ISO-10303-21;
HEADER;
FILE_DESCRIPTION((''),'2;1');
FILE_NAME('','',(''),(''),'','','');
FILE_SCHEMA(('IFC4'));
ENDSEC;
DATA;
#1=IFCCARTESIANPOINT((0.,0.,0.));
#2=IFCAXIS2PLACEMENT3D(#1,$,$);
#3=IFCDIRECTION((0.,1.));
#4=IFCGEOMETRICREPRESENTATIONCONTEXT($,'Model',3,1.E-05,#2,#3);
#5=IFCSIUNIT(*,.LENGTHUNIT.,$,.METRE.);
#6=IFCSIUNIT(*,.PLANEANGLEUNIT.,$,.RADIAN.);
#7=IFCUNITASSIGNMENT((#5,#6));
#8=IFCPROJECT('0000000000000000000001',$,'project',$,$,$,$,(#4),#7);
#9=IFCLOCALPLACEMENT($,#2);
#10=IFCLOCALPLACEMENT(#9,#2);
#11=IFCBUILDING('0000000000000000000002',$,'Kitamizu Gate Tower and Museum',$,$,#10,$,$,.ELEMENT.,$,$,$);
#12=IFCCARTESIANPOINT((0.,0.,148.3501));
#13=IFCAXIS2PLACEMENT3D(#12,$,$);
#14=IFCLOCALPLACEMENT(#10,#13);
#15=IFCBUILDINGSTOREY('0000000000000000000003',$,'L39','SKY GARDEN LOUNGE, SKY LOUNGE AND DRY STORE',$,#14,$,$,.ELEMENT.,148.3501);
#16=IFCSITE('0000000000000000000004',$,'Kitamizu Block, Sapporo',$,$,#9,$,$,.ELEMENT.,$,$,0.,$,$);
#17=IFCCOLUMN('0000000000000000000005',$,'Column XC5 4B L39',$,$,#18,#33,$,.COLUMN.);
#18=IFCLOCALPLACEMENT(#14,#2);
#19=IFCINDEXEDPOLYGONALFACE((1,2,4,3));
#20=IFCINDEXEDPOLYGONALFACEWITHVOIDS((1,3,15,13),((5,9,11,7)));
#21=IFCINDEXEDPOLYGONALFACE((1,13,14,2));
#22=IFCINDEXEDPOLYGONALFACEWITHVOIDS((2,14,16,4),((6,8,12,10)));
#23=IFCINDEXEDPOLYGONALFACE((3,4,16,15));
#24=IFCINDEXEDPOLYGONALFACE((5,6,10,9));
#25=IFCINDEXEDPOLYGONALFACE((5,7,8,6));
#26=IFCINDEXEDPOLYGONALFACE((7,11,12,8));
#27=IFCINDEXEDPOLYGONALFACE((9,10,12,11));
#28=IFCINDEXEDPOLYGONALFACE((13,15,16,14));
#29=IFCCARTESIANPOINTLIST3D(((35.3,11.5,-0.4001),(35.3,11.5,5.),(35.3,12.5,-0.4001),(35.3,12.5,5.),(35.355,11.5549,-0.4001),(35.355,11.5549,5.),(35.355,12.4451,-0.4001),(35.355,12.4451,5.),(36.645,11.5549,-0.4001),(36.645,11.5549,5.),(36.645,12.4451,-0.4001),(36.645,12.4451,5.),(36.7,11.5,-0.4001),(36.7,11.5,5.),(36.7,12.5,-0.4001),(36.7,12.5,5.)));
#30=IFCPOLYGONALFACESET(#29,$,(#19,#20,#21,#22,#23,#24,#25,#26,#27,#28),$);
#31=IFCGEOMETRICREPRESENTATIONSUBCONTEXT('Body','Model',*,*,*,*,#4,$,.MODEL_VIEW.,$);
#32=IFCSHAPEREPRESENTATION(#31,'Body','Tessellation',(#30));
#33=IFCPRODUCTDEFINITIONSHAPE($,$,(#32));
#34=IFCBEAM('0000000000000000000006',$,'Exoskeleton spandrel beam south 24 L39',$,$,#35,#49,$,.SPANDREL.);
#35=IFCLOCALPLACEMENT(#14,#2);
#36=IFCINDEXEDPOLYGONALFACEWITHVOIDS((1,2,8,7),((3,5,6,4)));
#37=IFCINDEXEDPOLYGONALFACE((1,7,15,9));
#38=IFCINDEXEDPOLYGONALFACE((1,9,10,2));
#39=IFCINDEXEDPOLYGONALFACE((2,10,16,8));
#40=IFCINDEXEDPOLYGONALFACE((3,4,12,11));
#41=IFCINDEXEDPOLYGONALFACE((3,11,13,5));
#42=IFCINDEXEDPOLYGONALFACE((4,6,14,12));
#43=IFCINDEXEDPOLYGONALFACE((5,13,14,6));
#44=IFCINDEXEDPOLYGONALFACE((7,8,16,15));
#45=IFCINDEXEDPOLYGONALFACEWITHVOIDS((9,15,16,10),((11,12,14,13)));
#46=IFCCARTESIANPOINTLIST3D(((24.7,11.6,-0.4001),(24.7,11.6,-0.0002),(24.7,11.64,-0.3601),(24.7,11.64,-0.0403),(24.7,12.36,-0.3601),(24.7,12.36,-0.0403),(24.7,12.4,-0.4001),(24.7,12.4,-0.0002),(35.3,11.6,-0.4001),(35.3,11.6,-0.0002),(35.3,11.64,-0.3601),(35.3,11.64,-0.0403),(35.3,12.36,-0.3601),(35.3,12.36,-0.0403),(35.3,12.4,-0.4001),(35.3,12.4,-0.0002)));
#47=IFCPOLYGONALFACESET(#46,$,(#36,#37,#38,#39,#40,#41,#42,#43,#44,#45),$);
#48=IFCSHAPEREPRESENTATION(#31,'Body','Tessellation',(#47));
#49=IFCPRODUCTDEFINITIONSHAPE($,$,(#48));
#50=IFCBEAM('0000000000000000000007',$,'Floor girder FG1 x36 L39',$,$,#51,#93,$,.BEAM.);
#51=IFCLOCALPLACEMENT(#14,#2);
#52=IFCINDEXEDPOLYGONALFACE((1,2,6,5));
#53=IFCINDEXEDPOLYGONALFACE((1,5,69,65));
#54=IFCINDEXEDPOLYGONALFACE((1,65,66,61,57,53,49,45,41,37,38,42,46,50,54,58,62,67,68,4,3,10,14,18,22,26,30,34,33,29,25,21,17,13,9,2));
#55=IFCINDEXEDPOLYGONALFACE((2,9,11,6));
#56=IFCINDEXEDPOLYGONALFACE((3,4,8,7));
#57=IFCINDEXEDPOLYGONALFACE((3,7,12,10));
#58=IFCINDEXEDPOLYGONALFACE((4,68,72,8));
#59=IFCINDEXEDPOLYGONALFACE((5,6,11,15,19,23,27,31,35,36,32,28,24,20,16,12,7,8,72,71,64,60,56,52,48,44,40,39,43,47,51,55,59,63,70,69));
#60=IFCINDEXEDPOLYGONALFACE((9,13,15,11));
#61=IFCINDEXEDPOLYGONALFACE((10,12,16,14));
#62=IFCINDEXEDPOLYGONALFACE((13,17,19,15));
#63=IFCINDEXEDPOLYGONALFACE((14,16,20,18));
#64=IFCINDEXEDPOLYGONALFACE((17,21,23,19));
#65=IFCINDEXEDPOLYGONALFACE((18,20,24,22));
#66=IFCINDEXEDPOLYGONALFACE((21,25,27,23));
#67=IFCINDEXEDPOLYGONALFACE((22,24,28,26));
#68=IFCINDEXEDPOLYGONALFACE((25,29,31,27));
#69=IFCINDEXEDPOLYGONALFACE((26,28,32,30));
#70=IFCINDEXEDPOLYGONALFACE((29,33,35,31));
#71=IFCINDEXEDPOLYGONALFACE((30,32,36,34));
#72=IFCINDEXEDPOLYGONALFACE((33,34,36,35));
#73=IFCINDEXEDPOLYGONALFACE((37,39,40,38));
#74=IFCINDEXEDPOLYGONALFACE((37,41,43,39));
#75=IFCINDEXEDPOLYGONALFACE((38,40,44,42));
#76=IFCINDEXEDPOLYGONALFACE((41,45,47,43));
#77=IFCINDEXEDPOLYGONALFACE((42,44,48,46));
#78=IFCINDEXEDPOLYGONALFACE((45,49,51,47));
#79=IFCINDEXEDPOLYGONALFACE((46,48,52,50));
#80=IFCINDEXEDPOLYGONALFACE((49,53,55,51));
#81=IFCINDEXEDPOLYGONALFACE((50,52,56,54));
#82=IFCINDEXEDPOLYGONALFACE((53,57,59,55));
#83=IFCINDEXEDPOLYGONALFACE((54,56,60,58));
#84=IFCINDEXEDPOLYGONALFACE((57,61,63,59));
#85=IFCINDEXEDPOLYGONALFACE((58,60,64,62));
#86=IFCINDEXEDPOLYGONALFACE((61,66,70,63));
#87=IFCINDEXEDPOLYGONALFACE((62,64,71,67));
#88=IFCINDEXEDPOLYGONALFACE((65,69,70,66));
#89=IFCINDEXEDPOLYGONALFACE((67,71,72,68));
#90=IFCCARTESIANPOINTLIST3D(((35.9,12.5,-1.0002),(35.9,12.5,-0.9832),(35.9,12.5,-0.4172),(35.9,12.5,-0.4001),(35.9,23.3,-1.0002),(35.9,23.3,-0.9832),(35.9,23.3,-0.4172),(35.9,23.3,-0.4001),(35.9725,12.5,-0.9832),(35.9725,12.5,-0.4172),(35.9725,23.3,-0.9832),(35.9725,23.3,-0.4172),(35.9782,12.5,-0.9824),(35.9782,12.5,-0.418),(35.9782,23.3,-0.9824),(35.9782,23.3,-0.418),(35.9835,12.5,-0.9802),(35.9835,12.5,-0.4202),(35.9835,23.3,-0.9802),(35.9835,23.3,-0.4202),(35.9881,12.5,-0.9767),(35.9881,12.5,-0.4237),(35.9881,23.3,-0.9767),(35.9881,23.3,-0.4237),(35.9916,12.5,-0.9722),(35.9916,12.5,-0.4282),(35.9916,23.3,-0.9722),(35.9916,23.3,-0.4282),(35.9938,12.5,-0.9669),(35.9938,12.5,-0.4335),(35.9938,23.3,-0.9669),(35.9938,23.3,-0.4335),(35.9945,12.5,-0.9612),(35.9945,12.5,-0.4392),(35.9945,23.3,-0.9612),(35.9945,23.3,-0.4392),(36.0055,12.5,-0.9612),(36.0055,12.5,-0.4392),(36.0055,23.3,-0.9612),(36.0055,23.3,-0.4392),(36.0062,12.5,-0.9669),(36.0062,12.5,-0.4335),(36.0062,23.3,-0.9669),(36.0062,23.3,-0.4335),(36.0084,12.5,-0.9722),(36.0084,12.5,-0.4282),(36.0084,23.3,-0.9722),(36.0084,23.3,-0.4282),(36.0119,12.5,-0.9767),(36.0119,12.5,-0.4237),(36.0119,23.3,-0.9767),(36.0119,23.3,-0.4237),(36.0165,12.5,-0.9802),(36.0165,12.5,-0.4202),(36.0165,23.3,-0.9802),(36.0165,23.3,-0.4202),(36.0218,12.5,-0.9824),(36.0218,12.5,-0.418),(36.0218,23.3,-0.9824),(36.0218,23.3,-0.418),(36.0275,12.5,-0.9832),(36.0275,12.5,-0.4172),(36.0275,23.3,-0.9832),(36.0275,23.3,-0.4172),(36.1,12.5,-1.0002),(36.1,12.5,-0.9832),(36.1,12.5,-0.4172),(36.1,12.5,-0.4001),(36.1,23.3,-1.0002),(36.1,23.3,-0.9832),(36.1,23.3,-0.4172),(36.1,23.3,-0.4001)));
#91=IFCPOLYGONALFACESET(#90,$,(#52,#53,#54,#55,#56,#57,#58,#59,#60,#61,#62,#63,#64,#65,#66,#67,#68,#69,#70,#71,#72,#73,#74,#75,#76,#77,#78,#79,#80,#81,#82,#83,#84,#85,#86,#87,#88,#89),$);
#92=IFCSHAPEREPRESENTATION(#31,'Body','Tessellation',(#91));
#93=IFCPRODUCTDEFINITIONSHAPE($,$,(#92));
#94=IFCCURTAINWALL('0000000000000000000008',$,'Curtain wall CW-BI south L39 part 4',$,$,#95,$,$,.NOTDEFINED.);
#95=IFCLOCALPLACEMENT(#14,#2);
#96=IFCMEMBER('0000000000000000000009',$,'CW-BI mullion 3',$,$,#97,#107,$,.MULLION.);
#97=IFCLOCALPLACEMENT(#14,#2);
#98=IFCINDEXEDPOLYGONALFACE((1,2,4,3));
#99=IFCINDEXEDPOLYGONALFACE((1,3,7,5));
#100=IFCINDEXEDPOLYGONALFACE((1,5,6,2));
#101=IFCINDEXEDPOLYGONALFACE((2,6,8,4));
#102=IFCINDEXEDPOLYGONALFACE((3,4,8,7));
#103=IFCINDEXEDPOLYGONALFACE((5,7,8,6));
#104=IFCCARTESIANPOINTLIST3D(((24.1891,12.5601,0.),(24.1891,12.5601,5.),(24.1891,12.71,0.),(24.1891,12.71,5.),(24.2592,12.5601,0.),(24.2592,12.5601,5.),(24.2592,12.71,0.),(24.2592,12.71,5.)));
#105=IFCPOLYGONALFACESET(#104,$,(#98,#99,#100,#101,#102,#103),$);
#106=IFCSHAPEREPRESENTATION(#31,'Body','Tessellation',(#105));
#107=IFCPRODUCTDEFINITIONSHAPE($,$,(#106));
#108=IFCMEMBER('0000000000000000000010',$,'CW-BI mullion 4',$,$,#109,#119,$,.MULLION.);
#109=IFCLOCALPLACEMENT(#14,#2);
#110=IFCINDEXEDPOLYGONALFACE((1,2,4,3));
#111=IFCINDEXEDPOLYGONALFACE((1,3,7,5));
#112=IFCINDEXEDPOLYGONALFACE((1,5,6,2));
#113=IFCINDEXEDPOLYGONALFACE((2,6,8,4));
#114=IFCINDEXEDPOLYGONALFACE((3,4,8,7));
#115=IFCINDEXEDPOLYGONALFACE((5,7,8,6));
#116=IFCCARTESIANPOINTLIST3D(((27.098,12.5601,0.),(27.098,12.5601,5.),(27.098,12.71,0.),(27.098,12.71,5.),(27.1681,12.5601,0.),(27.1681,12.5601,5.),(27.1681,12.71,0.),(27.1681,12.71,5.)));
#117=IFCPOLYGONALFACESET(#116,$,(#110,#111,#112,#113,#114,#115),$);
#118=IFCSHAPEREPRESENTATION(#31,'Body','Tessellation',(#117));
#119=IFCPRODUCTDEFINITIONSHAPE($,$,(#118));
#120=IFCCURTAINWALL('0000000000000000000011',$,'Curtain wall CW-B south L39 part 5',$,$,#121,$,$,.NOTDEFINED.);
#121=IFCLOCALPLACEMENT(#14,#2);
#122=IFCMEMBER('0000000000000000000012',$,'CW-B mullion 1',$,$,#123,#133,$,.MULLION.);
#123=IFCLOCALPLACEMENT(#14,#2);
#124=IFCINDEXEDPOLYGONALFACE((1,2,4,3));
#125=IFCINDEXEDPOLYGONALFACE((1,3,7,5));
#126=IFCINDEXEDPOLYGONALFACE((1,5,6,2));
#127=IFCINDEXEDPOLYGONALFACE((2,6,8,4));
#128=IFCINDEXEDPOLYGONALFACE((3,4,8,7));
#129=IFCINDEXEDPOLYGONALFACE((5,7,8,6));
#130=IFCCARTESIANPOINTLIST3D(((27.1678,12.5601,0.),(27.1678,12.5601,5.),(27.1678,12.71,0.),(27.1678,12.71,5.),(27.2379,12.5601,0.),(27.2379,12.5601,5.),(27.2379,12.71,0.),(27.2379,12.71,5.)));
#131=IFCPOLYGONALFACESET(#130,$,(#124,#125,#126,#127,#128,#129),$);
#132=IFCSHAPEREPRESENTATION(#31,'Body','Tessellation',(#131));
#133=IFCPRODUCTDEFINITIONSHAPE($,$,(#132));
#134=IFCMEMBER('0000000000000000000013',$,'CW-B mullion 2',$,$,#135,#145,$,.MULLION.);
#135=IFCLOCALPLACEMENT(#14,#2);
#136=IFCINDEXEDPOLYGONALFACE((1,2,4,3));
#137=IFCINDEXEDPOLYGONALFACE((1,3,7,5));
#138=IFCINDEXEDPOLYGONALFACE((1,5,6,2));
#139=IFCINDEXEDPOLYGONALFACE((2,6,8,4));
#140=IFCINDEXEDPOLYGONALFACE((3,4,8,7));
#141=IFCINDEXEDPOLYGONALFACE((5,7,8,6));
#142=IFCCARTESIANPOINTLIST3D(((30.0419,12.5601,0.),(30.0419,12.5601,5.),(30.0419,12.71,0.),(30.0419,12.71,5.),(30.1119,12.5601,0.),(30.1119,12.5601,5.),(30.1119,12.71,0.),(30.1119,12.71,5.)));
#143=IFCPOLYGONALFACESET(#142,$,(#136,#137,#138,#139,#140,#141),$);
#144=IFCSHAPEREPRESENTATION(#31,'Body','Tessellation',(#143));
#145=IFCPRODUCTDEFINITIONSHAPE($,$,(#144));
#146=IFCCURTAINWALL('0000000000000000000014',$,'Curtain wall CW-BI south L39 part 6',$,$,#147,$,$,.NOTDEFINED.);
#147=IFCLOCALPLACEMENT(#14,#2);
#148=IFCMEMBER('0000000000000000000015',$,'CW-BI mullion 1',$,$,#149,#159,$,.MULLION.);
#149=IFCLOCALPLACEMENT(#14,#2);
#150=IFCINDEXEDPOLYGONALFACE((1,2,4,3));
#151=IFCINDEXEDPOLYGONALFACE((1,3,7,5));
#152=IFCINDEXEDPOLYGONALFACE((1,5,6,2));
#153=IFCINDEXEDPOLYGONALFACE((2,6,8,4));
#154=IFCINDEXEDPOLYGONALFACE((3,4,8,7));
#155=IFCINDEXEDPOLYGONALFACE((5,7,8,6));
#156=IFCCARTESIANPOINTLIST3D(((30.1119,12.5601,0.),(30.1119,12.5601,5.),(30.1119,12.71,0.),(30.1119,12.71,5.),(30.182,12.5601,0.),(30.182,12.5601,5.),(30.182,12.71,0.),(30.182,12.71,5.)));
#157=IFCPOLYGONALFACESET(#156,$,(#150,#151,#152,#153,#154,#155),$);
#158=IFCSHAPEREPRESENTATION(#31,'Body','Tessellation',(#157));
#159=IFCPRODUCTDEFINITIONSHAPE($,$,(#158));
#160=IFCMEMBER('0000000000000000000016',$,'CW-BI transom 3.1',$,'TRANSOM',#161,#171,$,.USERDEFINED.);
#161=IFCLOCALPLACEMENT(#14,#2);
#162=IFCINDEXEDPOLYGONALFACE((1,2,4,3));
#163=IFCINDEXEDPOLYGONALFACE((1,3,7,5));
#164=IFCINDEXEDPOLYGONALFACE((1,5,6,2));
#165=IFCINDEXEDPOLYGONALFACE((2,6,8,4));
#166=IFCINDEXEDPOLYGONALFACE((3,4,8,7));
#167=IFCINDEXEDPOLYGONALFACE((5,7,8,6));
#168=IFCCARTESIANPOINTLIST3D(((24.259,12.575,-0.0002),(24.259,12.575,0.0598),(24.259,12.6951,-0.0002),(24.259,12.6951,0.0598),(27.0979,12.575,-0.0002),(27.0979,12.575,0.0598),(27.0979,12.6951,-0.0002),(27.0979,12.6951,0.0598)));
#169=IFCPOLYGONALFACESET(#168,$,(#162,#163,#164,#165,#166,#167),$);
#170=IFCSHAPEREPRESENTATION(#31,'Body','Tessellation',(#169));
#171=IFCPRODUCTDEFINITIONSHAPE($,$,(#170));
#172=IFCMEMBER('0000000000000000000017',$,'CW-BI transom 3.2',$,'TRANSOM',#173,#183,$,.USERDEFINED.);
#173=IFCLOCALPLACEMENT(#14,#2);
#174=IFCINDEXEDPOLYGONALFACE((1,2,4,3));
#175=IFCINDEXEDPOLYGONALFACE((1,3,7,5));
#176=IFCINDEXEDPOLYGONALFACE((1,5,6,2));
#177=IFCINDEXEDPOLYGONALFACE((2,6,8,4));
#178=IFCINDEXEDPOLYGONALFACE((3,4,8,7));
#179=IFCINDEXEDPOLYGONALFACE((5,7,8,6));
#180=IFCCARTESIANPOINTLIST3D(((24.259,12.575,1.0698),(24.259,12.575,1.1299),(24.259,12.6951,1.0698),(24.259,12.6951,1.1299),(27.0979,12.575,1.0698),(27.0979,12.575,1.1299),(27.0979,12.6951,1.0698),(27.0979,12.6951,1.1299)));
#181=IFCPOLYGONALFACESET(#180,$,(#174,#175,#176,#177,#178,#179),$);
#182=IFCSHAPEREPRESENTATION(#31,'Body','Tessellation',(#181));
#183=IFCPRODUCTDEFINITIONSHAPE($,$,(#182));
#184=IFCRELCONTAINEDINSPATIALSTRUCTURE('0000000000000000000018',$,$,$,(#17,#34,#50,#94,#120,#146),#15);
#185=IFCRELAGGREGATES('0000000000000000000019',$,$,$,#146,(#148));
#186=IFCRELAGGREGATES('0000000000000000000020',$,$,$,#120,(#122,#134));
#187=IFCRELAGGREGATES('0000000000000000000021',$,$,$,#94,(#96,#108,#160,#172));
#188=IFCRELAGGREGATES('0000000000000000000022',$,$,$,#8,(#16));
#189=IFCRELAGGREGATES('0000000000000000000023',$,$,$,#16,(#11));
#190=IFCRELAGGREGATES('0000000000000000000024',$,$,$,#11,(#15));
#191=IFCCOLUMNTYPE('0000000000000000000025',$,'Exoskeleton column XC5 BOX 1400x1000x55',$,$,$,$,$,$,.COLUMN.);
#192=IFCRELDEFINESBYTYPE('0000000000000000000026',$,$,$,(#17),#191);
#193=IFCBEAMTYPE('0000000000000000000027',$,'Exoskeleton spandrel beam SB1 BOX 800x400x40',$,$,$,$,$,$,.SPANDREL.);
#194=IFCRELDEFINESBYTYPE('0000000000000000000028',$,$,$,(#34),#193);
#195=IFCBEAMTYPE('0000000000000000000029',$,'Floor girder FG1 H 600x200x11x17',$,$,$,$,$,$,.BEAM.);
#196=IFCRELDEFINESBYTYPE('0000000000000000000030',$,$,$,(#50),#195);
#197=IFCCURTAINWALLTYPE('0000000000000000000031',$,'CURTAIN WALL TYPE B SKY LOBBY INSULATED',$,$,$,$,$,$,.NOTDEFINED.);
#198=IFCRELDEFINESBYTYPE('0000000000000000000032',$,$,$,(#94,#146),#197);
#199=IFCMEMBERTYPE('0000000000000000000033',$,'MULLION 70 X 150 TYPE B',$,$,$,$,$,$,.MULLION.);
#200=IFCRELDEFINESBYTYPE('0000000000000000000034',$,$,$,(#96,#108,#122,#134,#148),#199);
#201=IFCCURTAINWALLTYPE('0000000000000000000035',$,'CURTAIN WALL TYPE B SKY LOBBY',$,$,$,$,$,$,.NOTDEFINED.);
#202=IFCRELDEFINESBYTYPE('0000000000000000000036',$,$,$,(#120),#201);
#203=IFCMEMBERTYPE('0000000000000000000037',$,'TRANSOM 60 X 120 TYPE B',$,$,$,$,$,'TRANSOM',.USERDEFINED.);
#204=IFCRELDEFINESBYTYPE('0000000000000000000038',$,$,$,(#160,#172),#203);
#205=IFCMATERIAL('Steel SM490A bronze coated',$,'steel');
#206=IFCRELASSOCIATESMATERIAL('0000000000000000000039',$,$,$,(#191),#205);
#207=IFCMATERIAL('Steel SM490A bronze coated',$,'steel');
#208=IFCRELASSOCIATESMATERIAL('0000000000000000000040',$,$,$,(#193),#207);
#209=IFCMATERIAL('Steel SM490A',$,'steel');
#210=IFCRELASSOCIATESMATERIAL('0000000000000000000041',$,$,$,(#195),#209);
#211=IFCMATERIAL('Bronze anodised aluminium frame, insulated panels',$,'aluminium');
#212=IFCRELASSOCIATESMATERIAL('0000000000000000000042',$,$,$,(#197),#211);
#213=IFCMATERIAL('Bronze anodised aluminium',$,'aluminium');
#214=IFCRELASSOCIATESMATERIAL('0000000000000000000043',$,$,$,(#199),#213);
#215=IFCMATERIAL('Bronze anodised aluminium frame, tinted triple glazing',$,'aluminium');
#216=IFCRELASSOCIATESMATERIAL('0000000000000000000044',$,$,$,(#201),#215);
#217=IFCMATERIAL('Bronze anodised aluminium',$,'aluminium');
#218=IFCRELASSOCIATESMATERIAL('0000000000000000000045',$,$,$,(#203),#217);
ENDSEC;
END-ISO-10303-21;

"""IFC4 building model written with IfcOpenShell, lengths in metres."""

from ifc_helpers import new_model, si_unit, direction, frame, origin, origin_2d, place, context, subcontext, project, spatial, rectangle, hollow_rectangle, i_section, extrude, material, material_profile, profile_set, type_object, element, aggregate, save


model = new_model("IFC4")

# Units and contexts
model_context = context("Model", 3, precision=1e-05, world=origin(), true_north=direction((0.0, 1.0)))
body_context = subcontext(model_context, "Body", "Model", "MODEL_VIEW")
ifc_project = project(units=[si_unit("LENGTHUNIT", "METRE"), si_unit("PLANEANGLEUNIT", "RADIAN")], contexts=[model_context])

# Site, building, storey
site_placement = place(None, origin())
site = spatial("IfcSite", under=ifc_project, at=site_placement, Name="Kitamizu Block, Sapporo", CompositionType="ELEMENT", RefElevation=0.0)
building_placement = place(site_placement, origin())
building = spatial("IfcBuilding", under=site, at=building_placement, Name="Kitamizu Gate Tower and Museum", CompositionType="ELEMENT")
storey_placement = place(building_placement, frame((0.0, 0.0, 148.3501)))
storey = spatial("IfcBuildingStorey", under=building, at=storey_placement, Name="L39", Description="SKY GARDEN LOUNGE, SKY LOUNGE AND DRY STORE", CompositionType="ELEMENT", Elevation=148.3501)

# Column
ifc_material_1 = material(Name="Steel SM490A bronze coated", Category="steel")
ifc_material_profile_1 = material_profile(ifc_material_1, hollow_rectangle(XDim=1.3999, YDim=1.0, WallThickness=0.0549, at=origin_2d()), Name="BOX 1400x1000x55")
ifc_profile_set_1 = profile_set([ifc_material_profile_1], Name="Steel SM490A bronze coated")
column_type = type_object("IfcColumnType", Name="Exoskeleton column XC5 BOX 1400x1000x55", PredefinedType="COLUMN", material=ifc_profile_set_1)
column_placement = place(storey_placement, frame((36.0, 12.0, -0.4001), z_axis=(0.0, 0.0, 1.0), x_axis=(1.0, 0.0, 0.0)))
element("IfcColumn", 1, at=column_placement, inside=storey, type_object=column_type, Name="Column XC5 4B L39", PredefinedType="COLUMN", context=body_context, shape_type="SweptSolid", body=[
    extrude(hollow_rectangle(XDim=1.3999, YDim=1.0, WallThickness=0.0549, at=origin_2d()), origin(), (0.0, 0.0, 1.0), 5.4001),
])

# Beams
ifc_material_2 = material(Name="Steel SM490A bronze coated", Category="steel")
ifc_material_profile_2 = material_profile(ifc_material_2, hollow_rectangle(XDim=0.8, YDim=0.3999, WallThickness=0.04, at=origin_2d()), Name="BOX 800x400x40")
ifc_profile_set_2 = profile_set([ifc_material_profile_2], Name="Steel SM490A bronze coated")
beam_type_1 = type_object("IfcBeamType", Name="Exoskeleton spandrel beam SB1 BOX 800x400x40", PredefinedType="SPANDREL", material=ifc_profile_set_2)
beam_1_placement = place(storey_placement, frame((24.7, 12.0, -0.2002), z_axis=(1.0, 0.0, 0.0), x_axis=(0.0, 1.0, 0.0)))
element("IfcBeam", 2, at=beam_1_placement, inside=storey, type_object=beam_type_1, Name="Exoskeleton spandrel beam south 24 L39", PredefinedType="SPANDREL", context=body_context, shape_type="SweptSolid", body=[
    extrude(hollow_rectangle(XDim=0.8, YDim=0.3999, WallThickness=0.04, at=origin_2d()), origin(), (0.0, 0.0, 1.0), 10.6001),
])
ifc_material_3 = material(Name="Steel SM490A", Category="steel")
ifc_material_profile_3 = material_profile(ifc_material_3, i_section(OverallWidth=0.2, OverallDepth=0.6001, WebThickness=0.011, FlangeThickness=0.0171, FilletRadius=0.022, at=origin_2d()), Name="H-600x200x11x17")
ifc_profile_set_3 = profile_set([ifc_material_profile_3], Name="Steel SM490A")
beam_type_2 = type_object("IfcBeamType", Name="Floor girder FG1 H 600x200x11x17", PredefinedType="BEAM", material=ifc_profile_set_3)
beam_2_placement = place(storey_placement, frame((36.0, 12.5, -0.7002), z_axis=(0.0, 1.0, 0.0), x_axis=(-1.0, 0.0, 0.0)))
element("IfcBeam", 3, at=beam_2_placement, inside=storey, type_object=beam_type_2, Name="Floor girder FG1 x36 L39", PredefinedType="BEAM", context=body_context, shape_type="SweptSolid", body=[
    extrude(i_section(OverallWidth=0.2, OverallDepth=0.6001, WebThickness=0.011, FlangeThickness=0.0171, FilletRadius=0.022, at=origin_2d()), origin(), (0.0, 0.0, 1.0), 10.8),
])

# Curtain walls, members
ifc_material_4 = material(Name="Bronze anodised aluminium frame, insulated panels", Category="aluminium")
curtain_wall_type_1 = type_object("IfcCurtainWallType", Name="CURTAIN WALL TYPE B SKY LOBBY INSULATED", PredefinedType="NOTDEFINED", material=ifc_material_4)
curtain_wall_1_placement = place(storey_placement, origin())
curtain_wall_1 = element("IfcCurtainWall", 4, at=curtain_wall_1_placement, inside=storey, type_object=curtain_wall_type_1, Name="Curtain wall CW-BI south L39 part 4", PredefinedType="NOTDEFINED")
ifc_material_5 = material(Name="Bronze anodised aluminium", Category="aluminium")
ifc_material_profile_4 = material_profile(ifc_material_5, rectangle(XDim=0.0701, YDim=0.1499, at=origin_2d()), Name="AL 70X150")
ifc_profile_set_4 = profile_set([ifc_material_profile_4], Name="Bronze anodised aluminium")
member_type_1 = type_object("IfcMemberType", Name="MULLION 70 X 150 TYPE B", PredefinedType="MULLION", material=ifc_profile_set_4)
member_1_placement = place(storey_placement, frame((24.2241, 12.635, 0.0), z_axis=(0.0, 0.0, 1.0), x_axis=(1.0, 0.0, 0.0)))
member_1 = element("IfcMember", 5, at=member_1_placement, type_object=member_type_1, Name="CW-BI mullion 3", PredefinedType="MULLION", context=body_context, shape_type="SweptSolid", body=[
    extrude(rectangle(XDim=0.0701, YDim=0.1499, at=origin_2d()), origin(), (0.0, 0.0, 1.0), 5.0),
])
member_2_placement = place(storey_placement, frame((27.1331, 12.635, 0.0), z_axis=(0.0, 0.0, 1.0), x_axis=(1.0, 0.0, 0.0)))
member_2 = element("IfcMember", 6, at=member_2_placement, type_object=member_type_1, Name="CW-BI mullion 4", PredefinedType="MULLION", context=body_context, shape_type="SweptSolid", body=[
    extrude(rectangle(XDim=0.0701, YDim=0.1499, at=origin_2d()), origin(), (0.0, 0.0, 1.0), 5.0),
])
ifc_material_6 = material(Name="Bronze anodised aluminium frame, tinted triple glazing", Category="aluminium")
curtain_wall_type_2 = type_object("IfcCurtainWallType", Name="CURTAIN WALL TYPE B SKY LOBBY", PredefinedType="NOTDEFINED", material=ifc_material_6)
curtain_wall_2_placement = place(storey_placement, origin())
curtain_wall_2 = element("IfcCurtainWall", 7, at=curtain_wall_2_placement, inside=storey, type_object=curtain_wall_type_2, Name="Curtain wall CW-B south L39 part 5", PredefinedType="NOTDEFINED")
member_3_placement = place(storey_placement, frame((27.2029, 12.635, 0.0), z_axis=(0.0, 0.0, 1.0), x_axis=(1.0, 0.0, 0.0)))
member_3 = element("IfcMember", 8, at=member_3_placement, type_object=member_type_1, Name="CW-B mullion 1", PredefinedType="MULLION", context=body_context, shape_type="SweptSolid", body=[
    extrude(rectangle(XDim=0.0701, YDim=0.1499, at=origin_2d()), origin(), (0.0, 0.0, 1.0), 5.0),
])
member_4_placement = place(storey_placement, frame((30.0769, 12.635, 0.0), z_axis=(0.0, 0.0, 1.0), x_axis=(1.0, 0.0, 0.0)))
member_4 = element("IfcMember", 9, at=member_4_placement, type_object=member_type_1, Name="CW-B mullion 2", PredefinedType="MULLION", context=body_context, shape_type="SweptSolid", body=[
    extrude(rectangle(XDim=0.0701, YDim=0.1499, at=origin_2d()), origin(), (0.0, 0.0, 1.0), 5.0),
])

# Curtain wall, member
curtain_wall_3_placement = place(storey_placement, origin())
curtain_wall_3 = element("IfcCurtainWall", 10, at=curtain_wall_3_placement, inside=storey, type_object=curtain_wall_type_1, Name="Curtain wall CW-BI south L39 part 6", PredefinedType="NOTDEFINED")
member_5_placement = place(storey_placement, frame((30.147, 12.635, 0.0), z_axis=(0.0, 0.0, 1.0), x_axis=(1.0, 0.0, 0.0)))
member_5 = element("IfcMember", 11, at=member_5_placement, type_object=member_type_1, Name="CW-BI mullion 1", PredefinedType="MULLION", context=body_context, shape_type="SweptSolid", body=[
    extrude(rectangle(XDim=0.0701, YDim=0.1499, at=origin_2d()), origin(), (0.0, 0.0, 1.0), 5.0),
])

# Members
ifc_material_7 = material(Name="Bronze anodised aluminium", Category="aluminium")
ifc_material_profile_5 = material_profile(ifc_material_7, rectangle(XDim=0.1201, YDim=0.0601, at=origin_2d()), Name="AL 60X120")
ifc_profile_set_5 = profile_set([ifc_material_profile_5], Name="Bronze anodised aluminium")
member_type_2 = type_object("IfcMemberType", Name="TRANSOM 60 X 120 TYPE B", ElementType="TRANSOM", PredefinedType="USERDEFINED", material=ifc_profile_set_5)
member_6_placement = place(storey_placement, frame((24.259, 12.635, 0.0298), z_axis=(1.0, 0.0, 0.0), x_axis=(0.0, 1.0, 0.0)))
member_6 = element("IfcMember", 12, at=member_6_placement, type_object=member_type_2, Name="CW-BI transom 3.1", ObjectType="TRANSOM", PredefinedType="USERDEFINED", context=body_context, shape_type="SweptSolid", body=[
    extrude(rectangle(XDim=0.1201, YDim=0.0601, at=origin_2d()), origin(), (0.0, 0.0, 1.0), 2.8389),
])
member_7_placement = place(storey_placement, frame((24.259, 12.635, 1.0999), z_axis=(1.0, 0.0, 0.0), x_axis=(0.0, 1.0, 0.0)))
member_7 = element("IfcMember", 13, at=member_7_placement, type_object=member_type_2, Name="CW-BI transom 3.2", ObjectType="TRANSOM", PredefinedType="USERDEFINED", context=body_context, shape_type="SweptSolid", body=[
    extrude(rectangle(XDim=0.1201, YDim=0.0601, at=origin_2d()), origin(), (0.0, 0.0, 1.0), 2.8389),
])
aggregate(curtain_wall_3, [member_5])

aggregate(curtain_wall_2, [member_3, member_4])
aggregate(curtain_wall_1, [member_1, member_2, member_6, member_7])

save(model, "model.ifc")
